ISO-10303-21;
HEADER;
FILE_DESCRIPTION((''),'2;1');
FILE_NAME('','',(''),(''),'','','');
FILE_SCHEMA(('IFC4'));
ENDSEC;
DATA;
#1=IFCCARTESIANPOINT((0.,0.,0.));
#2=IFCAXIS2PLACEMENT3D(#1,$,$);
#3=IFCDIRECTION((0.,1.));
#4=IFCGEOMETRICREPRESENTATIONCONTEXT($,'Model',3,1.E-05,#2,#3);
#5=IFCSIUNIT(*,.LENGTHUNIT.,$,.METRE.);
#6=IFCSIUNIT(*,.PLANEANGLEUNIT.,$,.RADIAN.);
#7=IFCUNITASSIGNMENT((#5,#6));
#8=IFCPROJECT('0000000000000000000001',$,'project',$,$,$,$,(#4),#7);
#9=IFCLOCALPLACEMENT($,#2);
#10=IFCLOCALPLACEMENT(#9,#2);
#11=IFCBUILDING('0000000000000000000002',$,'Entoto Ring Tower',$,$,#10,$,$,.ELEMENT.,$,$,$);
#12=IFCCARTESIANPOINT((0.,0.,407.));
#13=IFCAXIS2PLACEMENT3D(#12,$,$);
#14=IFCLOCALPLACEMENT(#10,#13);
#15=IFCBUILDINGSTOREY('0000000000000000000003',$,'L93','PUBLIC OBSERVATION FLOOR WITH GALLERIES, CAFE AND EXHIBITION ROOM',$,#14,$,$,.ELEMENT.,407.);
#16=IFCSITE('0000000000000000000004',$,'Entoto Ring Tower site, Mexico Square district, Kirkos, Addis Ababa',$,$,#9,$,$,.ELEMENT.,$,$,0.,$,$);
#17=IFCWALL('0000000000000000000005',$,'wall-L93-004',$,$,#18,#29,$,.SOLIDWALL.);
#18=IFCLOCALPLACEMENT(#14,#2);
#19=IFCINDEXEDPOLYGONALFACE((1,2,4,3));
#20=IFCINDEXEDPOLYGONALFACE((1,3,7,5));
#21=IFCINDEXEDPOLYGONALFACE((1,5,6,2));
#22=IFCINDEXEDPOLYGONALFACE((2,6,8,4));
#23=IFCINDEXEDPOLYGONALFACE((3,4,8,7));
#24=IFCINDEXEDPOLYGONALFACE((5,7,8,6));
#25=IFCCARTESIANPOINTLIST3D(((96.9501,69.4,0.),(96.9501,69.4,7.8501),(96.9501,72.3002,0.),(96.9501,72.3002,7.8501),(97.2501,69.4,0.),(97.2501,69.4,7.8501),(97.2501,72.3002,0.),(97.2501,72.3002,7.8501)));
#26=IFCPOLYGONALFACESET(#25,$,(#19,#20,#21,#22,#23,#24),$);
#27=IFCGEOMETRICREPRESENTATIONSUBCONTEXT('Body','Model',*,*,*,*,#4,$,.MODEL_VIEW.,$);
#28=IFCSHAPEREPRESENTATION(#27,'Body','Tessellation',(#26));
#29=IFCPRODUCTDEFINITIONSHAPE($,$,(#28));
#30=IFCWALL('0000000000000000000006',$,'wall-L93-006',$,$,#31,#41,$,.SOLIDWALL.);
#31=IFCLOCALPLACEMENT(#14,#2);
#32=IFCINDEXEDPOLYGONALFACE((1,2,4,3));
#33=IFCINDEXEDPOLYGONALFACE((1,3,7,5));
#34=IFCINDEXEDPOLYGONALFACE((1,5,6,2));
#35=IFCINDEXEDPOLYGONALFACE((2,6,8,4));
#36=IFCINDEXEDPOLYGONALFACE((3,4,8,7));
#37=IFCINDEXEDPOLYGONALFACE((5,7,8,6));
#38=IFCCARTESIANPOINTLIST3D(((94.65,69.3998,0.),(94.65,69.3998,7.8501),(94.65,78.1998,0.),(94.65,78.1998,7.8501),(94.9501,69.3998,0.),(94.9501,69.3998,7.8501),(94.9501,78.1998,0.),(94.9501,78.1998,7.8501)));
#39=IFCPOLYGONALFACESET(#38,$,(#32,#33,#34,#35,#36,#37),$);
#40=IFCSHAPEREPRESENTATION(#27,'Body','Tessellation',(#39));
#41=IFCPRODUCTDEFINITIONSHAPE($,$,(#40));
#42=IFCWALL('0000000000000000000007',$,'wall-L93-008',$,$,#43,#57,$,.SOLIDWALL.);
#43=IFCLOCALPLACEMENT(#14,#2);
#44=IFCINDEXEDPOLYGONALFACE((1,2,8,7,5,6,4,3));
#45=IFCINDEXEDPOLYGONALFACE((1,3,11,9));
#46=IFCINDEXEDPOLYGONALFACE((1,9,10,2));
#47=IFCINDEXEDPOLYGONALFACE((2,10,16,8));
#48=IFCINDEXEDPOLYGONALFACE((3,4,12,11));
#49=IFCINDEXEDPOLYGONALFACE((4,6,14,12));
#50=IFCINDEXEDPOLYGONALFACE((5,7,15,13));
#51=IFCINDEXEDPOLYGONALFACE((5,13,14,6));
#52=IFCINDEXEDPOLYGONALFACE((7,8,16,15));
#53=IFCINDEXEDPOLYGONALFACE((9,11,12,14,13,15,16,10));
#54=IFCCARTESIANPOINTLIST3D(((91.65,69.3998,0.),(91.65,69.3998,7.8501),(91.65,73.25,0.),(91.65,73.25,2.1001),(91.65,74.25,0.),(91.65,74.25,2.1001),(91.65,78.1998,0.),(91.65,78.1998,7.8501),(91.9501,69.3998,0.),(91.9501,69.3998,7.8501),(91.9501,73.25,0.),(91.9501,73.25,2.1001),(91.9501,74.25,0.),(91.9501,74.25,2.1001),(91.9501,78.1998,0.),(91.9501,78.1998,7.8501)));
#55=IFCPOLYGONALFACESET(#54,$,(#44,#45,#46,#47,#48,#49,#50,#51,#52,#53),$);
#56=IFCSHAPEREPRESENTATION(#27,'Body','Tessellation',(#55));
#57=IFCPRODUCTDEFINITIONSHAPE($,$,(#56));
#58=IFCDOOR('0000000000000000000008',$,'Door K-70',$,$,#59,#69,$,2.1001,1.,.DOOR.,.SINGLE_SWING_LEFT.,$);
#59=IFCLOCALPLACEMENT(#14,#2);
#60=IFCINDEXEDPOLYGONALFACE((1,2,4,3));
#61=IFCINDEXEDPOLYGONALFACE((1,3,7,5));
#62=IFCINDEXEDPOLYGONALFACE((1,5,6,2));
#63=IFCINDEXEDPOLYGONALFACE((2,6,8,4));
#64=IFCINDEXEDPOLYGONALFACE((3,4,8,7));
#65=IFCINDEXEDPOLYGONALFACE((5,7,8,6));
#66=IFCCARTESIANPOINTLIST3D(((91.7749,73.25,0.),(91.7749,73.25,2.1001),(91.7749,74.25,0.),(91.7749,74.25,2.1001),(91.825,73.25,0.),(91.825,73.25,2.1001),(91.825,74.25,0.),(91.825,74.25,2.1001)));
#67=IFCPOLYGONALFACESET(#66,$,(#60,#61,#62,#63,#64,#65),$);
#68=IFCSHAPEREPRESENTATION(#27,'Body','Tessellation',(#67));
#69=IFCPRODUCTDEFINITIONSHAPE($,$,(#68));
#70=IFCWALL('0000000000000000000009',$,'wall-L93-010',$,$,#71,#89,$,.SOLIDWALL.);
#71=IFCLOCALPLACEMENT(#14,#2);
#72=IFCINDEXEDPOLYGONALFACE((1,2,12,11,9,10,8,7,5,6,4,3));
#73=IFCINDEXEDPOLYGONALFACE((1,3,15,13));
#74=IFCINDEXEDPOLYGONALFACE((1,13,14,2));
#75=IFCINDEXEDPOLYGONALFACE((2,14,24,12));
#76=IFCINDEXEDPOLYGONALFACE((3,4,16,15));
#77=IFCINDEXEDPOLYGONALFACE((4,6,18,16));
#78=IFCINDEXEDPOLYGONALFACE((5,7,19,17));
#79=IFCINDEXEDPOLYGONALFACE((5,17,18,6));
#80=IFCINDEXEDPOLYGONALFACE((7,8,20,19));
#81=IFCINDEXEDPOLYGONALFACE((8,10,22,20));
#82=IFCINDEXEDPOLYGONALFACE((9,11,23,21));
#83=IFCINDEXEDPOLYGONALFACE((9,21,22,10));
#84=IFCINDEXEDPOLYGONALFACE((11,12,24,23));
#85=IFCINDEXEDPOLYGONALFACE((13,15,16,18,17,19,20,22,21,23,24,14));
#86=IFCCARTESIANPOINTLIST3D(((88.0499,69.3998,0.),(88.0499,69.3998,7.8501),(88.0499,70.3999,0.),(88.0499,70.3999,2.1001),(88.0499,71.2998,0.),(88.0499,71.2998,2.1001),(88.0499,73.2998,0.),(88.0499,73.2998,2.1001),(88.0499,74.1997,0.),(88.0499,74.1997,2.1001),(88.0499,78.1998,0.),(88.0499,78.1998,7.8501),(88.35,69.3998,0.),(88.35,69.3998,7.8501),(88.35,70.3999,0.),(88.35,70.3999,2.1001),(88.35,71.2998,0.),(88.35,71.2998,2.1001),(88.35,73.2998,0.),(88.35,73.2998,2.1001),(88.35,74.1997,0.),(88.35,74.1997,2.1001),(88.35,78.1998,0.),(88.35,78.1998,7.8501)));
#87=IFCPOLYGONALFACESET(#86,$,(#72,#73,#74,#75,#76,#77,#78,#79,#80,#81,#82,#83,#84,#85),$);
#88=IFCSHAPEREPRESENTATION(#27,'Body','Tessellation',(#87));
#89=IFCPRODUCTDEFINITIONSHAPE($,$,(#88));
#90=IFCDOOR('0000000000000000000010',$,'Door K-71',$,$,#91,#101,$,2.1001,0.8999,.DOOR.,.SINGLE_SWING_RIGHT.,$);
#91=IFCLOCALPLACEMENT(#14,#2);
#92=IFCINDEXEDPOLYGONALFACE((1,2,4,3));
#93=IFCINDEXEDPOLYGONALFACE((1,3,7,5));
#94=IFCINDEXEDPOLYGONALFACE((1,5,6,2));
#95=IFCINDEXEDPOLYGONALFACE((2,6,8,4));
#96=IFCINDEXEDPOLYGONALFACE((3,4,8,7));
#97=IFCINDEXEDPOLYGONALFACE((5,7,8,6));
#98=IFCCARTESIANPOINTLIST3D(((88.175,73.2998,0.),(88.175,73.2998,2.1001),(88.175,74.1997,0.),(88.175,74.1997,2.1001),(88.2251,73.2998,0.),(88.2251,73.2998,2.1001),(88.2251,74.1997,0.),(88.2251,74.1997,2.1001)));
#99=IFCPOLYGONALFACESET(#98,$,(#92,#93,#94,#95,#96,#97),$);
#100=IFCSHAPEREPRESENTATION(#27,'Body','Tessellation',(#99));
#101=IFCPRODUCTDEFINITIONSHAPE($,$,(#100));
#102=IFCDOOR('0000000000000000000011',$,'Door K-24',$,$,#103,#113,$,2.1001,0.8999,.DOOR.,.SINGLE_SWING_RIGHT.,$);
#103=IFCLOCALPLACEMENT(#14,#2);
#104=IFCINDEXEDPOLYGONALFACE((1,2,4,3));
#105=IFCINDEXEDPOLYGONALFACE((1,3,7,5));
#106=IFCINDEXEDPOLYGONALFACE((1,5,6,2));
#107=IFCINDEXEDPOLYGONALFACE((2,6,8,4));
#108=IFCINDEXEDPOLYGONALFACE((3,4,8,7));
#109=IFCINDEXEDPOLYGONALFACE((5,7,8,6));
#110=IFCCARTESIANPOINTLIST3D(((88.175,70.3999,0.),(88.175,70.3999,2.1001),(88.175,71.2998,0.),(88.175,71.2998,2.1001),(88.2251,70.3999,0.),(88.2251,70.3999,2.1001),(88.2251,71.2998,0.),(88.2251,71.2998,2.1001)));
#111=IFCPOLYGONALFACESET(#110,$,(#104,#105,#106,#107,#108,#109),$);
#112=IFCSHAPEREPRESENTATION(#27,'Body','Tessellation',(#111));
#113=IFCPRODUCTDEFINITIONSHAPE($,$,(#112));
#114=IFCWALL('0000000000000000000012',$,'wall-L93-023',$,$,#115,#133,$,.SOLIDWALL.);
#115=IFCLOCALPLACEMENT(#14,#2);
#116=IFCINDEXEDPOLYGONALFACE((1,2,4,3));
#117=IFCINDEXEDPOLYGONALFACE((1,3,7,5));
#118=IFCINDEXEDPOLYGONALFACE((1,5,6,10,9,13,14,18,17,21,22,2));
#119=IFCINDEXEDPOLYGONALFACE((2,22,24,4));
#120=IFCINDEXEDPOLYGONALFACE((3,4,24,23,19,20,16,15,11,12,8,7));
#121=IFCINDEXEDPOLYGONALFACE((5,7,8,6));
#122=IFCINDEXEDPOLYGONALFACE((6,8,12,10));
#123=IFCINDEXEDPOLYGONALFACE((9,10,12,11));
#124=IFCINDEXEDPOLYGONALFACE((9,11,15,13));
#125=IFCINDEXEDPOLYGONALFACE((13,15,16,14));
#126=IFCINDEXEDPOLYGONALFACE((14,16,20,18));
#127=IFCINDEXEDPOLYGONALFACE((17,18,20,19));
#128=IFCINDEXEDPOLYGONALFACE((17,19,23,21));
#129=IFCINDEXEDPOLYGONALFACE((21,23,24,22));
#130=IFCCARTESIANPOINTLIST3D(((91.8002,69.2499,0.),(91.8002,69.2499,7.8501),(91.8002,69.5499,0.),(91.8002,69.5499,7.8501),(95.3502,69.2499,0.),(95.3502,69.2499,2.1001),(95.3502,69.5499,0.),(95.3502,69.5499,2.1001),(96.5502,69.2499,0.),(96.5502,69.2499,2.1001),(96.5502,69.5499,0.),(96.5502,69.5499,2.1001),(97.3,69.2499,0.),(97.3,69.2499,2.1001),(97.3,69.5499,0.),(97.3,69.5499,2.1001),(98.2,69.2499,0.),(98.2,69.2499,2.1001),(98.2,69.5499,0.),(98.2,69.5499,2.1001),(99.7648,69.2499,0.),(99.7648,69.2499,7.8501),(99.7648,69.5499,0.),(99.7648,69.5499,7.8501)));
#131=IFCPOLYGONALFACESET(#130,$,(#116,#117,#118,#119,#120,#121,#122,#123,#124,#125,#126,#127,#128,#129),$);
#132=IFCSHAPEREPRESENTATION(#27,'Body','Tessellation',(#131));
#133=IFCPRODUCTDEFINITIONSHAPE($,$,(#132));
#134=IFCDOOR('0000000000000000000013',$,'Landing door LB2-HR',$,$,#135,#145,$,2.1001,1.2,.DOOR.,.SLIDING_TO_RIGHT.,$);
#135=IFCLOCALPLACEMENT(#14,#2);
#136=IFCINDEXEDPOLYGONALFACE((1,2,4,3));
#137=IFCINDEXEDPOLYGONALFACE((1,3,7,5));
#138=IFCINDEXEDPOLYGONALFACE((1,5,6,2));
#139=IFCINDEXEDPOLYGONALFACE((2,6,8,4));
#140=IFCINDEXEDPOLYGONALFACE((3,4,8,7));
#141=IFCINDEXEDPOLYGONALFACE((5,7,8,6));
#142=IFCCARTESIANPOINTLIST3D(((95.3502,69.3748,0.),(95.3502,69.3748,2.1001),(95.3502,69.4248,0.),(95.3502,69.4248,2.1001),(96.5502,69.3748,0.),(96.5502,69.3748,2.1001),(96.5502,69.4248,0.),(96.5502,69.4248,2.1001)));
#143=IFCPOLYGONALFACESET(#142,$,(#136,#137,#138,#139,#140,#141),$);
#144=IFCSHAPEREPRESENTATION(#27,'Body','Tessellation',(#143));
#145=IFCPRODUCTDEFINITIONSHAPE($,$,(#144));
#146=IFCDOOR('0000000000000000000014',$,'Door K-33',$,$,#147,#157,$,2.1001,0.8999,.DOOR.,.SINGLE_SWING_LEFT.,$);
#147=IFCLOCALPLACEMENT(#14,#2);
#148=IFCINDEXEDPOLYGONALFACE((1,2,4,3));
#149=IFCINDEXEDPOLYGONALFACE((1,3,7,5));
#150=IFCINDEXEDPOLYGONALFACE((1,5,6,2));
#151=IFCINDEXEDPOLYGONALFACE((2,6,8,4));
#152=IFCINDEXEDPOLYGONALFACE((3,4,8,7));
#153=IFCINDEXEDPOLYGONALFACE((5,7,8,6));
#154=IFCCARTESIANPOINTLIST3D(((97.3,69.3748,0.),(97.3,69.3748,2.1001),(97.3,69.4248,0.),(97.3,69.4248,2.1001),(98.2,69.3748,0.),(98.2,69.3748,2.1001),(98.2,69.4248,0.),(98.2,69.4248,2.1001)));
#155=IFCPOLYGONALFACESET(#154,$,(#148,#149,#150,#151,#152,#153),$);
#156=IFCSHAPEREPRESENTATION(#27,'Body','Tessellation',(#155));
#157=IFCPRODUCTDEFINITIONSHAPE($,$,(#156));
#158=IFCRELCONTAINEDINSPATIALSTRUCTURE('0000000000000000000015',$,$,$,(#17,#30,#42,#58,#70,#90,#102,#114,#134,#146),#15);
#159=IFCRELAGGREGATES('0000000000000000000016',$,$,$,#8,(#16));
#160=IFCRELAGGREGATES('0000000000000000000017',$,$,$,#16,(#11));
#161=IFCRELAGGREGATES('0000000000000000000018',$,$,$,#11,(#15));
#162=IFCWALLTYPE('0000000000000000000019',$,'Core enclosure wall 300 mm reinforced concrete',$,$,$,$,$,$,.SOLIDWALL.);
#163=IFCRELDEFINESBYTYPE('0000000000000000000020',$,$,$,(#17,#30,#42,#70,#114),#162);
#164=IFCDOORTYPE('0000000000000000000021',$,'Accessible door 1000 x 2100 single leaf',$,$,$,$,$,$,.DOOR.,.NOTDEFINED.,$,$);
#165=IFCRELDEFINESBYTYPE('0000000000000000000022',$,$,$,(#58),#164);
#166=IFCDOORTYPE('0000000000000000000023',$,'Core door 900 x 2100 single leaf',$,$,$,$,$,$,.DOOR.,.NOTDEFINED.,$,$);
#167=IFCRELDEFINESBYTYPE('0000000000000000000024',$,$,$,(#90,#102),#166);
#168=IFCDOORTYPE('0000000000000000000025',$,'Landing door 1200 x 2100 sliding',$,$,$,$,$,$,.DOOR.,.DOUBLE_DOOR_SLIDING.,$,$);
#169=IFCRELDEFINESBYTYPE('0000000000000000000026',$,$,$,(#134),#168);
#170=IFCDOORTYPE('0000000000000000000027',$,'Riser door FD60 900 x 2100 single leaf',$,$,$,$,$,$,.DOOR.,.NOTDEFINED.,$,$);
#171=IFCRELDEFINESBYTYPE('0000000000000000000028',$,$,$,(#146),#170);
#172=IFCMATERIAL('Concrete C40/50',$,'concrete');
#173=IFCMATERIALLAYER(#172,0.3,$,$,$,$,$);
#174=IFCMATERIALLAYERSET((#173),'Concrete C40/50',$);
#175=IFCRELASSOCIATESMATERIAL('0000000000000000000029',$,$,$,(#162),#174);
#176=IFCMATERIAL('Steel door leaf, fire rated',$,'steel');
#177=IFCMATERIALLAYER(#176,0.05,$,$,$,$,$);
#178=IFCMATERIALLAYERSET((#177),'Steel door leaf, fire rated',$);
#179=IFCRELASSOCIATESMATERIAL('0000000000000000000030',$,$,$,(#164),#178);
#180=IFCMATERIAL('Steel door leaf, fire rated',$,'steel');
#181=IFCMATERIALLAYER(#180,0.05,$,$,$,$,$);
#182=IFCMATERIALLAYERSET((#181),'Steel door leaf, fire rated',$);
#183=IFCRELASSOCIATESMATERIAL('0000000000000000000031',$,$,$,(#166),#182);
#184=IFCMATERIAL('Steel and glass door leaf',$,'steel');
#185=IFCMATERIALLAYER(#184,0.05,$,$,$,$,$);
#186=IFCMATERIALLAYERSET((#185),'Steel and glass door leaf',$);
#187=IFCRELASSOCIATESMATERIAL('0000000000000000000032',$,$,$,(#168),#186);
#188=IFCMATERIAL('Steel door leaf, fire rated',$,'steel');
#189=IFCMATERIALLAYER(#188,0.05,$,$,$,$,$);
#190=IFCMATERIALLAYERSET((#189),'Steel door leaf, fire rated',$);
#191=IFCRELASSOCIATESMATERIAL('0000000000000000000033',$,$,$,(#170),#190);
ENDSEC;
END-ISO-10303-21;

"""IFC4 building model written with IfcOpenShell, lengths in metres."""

from ifc_helpers import new_model, si_unit, direction, frame, frame_2d, origin, place, context, subcontext, project, spatial, rectangle, extrude, material, layer, layer_set, type_object, element, fill, save


model = new_model("IFC4")

# Units and contexts
model_context = context("Model", 3, precision=1e-05, world=origin(), true_north=direction((0.0, 1.0)))
body_context = subcontext(model_context, "Body", "Model", "MODEL_VIEW")
ifc_project = project(units=[si_unit("LENGTHUNIT", "METRE"), si_unit("PLANEANGLEUNIT", "RADIAN")], contexts=[model_context])

# Site, building, storey
site_placement = place(None, origin())
site = spatial("IfcSite", under=ifc_project, at=site_placement, Name="Entoto Ring Tower site, Mexico Square district, Kirkos, Addis Ababa", CompositionType="ELEMENT", RefElevation=0.0)
building_placement = place(site_placement, origin())
building = spatial("IfcBuilding", under=site, at=building_placement, Name="Entoto Ring Tower", CompositionType="ELEMENT")
storey_placement = place(building_placement, frame((0.0, 0.0, 407.0)))
storey = spatial("IfcBuildingStorey", under=building, at=storey_placement, Name="L93", Description="PUBLIC OBSERVATION FLOOR WITH GALLERIES, CAFE AND EXHIBITION ROOM", CompositionType="ELEMENT", Elevation=407.0)

# Shared definitions
ifc_material_1 = material(Name="Concrete C40/50", Category="concrete")
ifc_layer_1 = layer(ifc_material_1, 0.3)
ifc_layer_set_1 = layer_set([ifc_layer_1], Name="Concrete C40/50")
wall_type = type_object("IfcWallType", Name="Core enclosure wall 300 mm reinforced concrete", PredefinedType="SOLIDWALL", material=ifc_layer_set_1)

# Walls
wall_1_placement = place(storey_placement, frame((97.1001, 69.3999, 0.0), z_axis=(0.0, 0.0, 1.0), x_axis=(0.0, 1.0, 0.0)))
element("IfcWall", 1, at=wall_1_placement, inside=storey, type_object=wall_type, Name="wall-L93-004", PredefinedType="SOLIDWALL", context=body_context, shape_type="SweptSolid", body=[
    extrude(rectangle(XDim=2.9001, YDim=0.3, at=frame_2d((1.4502, 0.0))), origin(), (0.0, 0.0, 1.0), 7.8501),
])
wall_2_placement = place(storey_placement, frame((94.8, 69.3999, 0.0), z_axis=(0.0, 0.0, 1.0), x_axis=(0.0, 1.0, 0.0)))
element("IfcWall", 2, at=wall_2_placement, inside=storey, type_object=wall_type, Name="wall-L93-006", PredefinedType="SOLIDWALL", context=body_context, shape_type="SweptSolid", body=[
    extrude(rectangle(XDim=8.8, YDim=0.3, at=frame_2d((4.3999, 0.0))), origin(), (0.0, 0.0, 1.0), 7.8501),
])

# Wall, opening, door
wall_3_placement = place(storey_placement, frame((91.8, 69.3999, 0.0), z_axis=(0.0, 0.0, 1.0), x_axis=(0.0, 1.0, 0.0)))
wall_3 = element("IfcWall", 3, at=wall_3_placement, inside=storey, type_object=wall_type, Name="wall-L93-008", PredefinedType="SOLIDWALL", context=body_context, shape_type="SweptSolid", body=[
    extrude(rectangle(XDim=8.8, YDim=0.3, at=frame_2d((4.3999, 0.0))), origin(), (0.0, 0.0, 1.0), 7.8501),
])
opening_1_placement = place(wall_3_placement, frame((3.8501, 0.0, 0.0)))
opening_1 = element("IfcOpeningElement", 4, at=opening_1_placement, cuts=wall_3, PredefinedType="OPENING", context=body_context, shape_type="SweptSolid", body=[
    extrude(rectangle(XDim=1.0, YDim=2.1001, at=frame_2d((0.5, 1.05))), frame((0.0, 0.1602, 0.0), z_axis=(0.0, -1.0, 0.0), x_axis=(1.0, 0.0, 0.0)), (0.0, 0.0, 1.0), 0.3201),
])
ifc_material_2 = material(Name="Steel door leaf, fire rated", Category="steel")
ifc_layer_2 = layer(ifc_material_2, 0.05)
ifc_layer_set_2 = layer_set([ifc_layer_2], Name="Steel door leaf, fire rated")
door_type_1 = type_object("IfcDoorType", Name="Accessible door 1000 x 2100 single leaf", OperationType="NOTDEFINED", PredefinedType="DOOR", material=ifc_layer_set_2)
door_1_placement = place(opening_1_placement, frame((1.0, 0.0, 0.0), z_axis=(0.0, 0.0, 1.0), x_axis=(-1.0, 0.0, 0.0)))
door_1 = element("IfcDoor", 5, at=door_1_placement, inside=storey, type_object=door_type_1, Name="Door K-70", OperationType="SINGLE_SWING_LEFT", OverallHeight=2.1001, OverallWidth=1.0, PredefinedType="DOOR", context=body_context, shape_type="SweptSolid", body=[
    extrude(rectangle(XDim=1.0, YDim=2.1001, at=frame_2d((0.5, 1.05))), frame((0.0, 0.0249, 0.0), z_axis=(0.0, -1.0, 0.0), x_axis=(1.0, 0.0, 0.0)), (0.0, 0.0, 1.0), 0.05),
])
fill(opening_1, door_1)

# Walls, openings, doors
wall_4_placement = place(storey_placement, frame((88.2, 69.3999, 0.0), z_axis=(0.0, 0.0, 1.0), x_axis=(0.0, 1.0, 0.0)))
wall_4 = element("IfcWall", 6, at=wall_4_placement, inside=storey, type_object=wall_type, Name="wall-L93-010", PredefinedType="SOLIDWALL", context=body_context, shape_type="SweptSolid", body=[
    extrude(rectangle(XDim=8.8, YDim=0.3, at=frame_2d((4.3999, 0.0))), origin(), (0.0, 0.0, 1.0), 7.8501),
])
opening_2_placement = place(wall_4_placement, frame((3.8999, 0.0, 0.0)))
opening_2 = element("IfcOpeningElement", 7, at=opening_2_placement, cuts=wall_4, PredefinedType="OPENING", context=body_context, shape_type="SweptSolid", body=[
    extrude(rectangle(XDim=0.8999, YDim=2.1001, at=frame_2d((0.45, 1.05))), frame((0.0, 0.1602, 0.0), z_axis=(0.0, -1.0, 0.0), x_axis=(1.0, 0.0, 0.0)), (0.0, 0.0, 1.0), 0.3201),
])
opening_3_placement = place(wall_4_placement, frame((1.0, 0.0, 0.0)))
opening_3 = element("IfcOpeningElement", 8, at=opening_3_placement, cuts=wall_4, PredefinedType="OPENING", context=body_context, shape_type="SweptSolid", body=[
    extrude(rectangle(XDim=0.8999, YDim=2.1001, at=frame_2d((0.45, 1.05))), frame((0.0, 0.1602, 0.0), z_axis=(0.0, -1.0, 0.0), x_axis=(1.0, 0.0, 0.0)), (0.0, 0.0, 1.0), 0.3201),
])
ifc_material_3 = material(Name="Steel door leaf, fire rated", Category="steel")
ifc_layer_3 = layer(ifc_material_3, 0.05)
ifc_layer_set_3 = layer_set([ifc_layer_3], Name="Steel door leaf, fire rated")
door_type_2 = type_object("IfcDoorType", Name="Core door 900 x 2100 single leaf", OperationType="NOTDEFINED", PredefinedType="DOOR", material=ifc_layer_set_3)
door_2_placement = place(opening_2_placement, origin())
door_2 = element("IfcDoor", 9, at=door_2_placement, inside=storey, type_object=door_type_2, Name="Door K-71", OperationType="SINGLE_SWING_RIGHT", OverallHeight=2.1001, OverallWidth=0.8999, PredefinedType="DOOR", context=body_context, shape_type="SweptSolid", body=[
    extrude(rectangle(XDim=0.8999, YDim=2.1001, at=frame_2d((0.45, 1.05))), frame((0.0, 0.0249, 0.0), z_axis=(0.0, -1.0, 0.0), x_axis=(1.0, 0.0, 0.0)), (0.0, 0.0, 1.0), 0.05),
])
fill(opening_2, door_2)
door_3_placement = place(opening_3_placement, origin())
door_3 = element("IfcDoor", 10, at=door_3_placement, inside=storey, type_object=door_type_2, Name="Door K-24", OperationType="SINGLE_SWING_RIGHT", OverallHeight=2.1001, OverallWidth=0.8999, PredefinedType="DOOR", context=body_context, shape_type="SweptSolid", body=[
    extrude(rectangle(XDim=0.8999, YDim=2.1001, at=frame_2d((0.45, 1.05))), frame((0.0, 0.0249, 0.0), z_axis=(0.0, -1.0, 0.0), x_axis=(1.0, 0.0, 0.0)), (0.0, 0.0, 1.0), 0.05),
])
fill(opening_3, door_3)
wall_5_placement = place(storey_placement, frame((91.8, 69.3999, 0.0), z_axis=(0.0, 0.0, 1.0), x_axis=(1.0, 0.0, 0.0)))
wall_5 = element("IfcWall", 11, at=wall_5_placement, inside=storey, type_object=wall_type, Name="wall-L93-023", PredefinedType="SOLIDWALL", context=body_context, shape_type="SweptSolid", body=[
    extrude(rectangle(XDim=7.9646, YDim=0.3, at=frame_2d((3.9824, 0.0))), origin(), (0.0, 0.0, 1.0), 7.8501),
])
opening_4_placement = place(wall_5_placement, frame((3.55, 0.0, 0.0)))
opening_4 = element("IfcOpeningElement", 12, at=opening_4_placement, cuts=wall_5, PredefinedType="OPENING", context=body_context, shape_type="SweptSolid", body=[
    extrude(rectangle(XDim=1.2, YDim=2.1001, at=frame_2d((0.6001, 1.05))), frame((0.0, 0.1602, 0.0), z_axis=(0.0, -1.0, 0.0), x_axis=(1.0, 0.0, 0.0)), (0.0, 0.0, 1.0), 0.3201),
])
opening_5_placement = place(wall_5_placement, frame((5.5, 0.0, 0.0)))
opening_5 = element("IfcOpeningElement", 13, at=opening_5_placement, cuts=wall_5, PredefinedType="OPENING", context=body_context, shape_type="SweptSolid", body=[
    extrude(rectangle(XDim=0.8999, YDim=2.1001, at=frame_2d((0.45, 1.05))), frame((0.0, 0.1602, 0.0), z_axis=(0.0, -1.0, 0.0), x_axis=(1.0, 0.0, 0.0)), (0.0, 0.0, 1.0), 0.3201),
])
ifc_material_4 = material(Name="Steel and glass door leaf", Category="steel")
ifc_layer_4 = layer(ifc_material_4, 0.05)
ifc_layer_set_4 = layer_set([ifc_layer_4], Name="Steel and glass door leaf")
door_type_3 = type_object("IfcDoorType", Name="Landing door 1200 x 2100 sliding", OperationType="DOUBLE_DOOR_SLIDING", PredefinedType="DOOR", material=ifc_layer_set_4)
door_4_placement = place(opening_4_placement, origin())
door_4 = element("IfcDoor", 14, at=door_4_placement, inside=storey, type_object=door_type_3, Name="Landing door LB2-HR", OperationType="SLIDING_TO_RIGHT", OverallHeight=2.1001, OverallWidth=1.2, PredefinedType="DOOR", context=body_context, shape_type="SweptSolid", body=[
    extrude(rectangle(XDim=1.2, YDim=2.1001, at=frame_2d((0.6001, 1.05))), frame((0.0, 0.0249, 0.0), z_axis=(0.0, -1.0, 0.0), x_axis=(1.0, 0.0, 0.0)), (0.0, 0.0, 1.0), 0.05),
])
fill(opening_4, door_4)
ifc_material_5 = material(Name="Steel door leaf, fire rated", Category="steel")
ifc_layer_5 = layer(ifc_material_5, 0.05)
ifc_layer_set_5 = layer_set([ifc_layer_5], Name="Steel door leaf, fire rated")
door_type_4 = type_object("IfcDoorType", Name="Riser door FD60 900 x 2100 single leaf", OperationType="NOTDEFINED", PredefinedType="DOOR", material=ifc_layer_set_5)
door_5_placement = place(opening_5_placement, origin())
door_5 = element("IfcDoor", 15, at=door_5_placement, inside=storey, type_object=door_type_4, Name="Door K-33", OperationType="SINGLE_SWING_LEFT", OverallHeight=2.1001, OverallWidth=0.8999, PredefinedType="DOOR", context=body_context, shape_type="SweptSolid", body=[
    extrude(rectangle(XDim=0.8999, YDim=2.1001, at=frame_2d((0.45, 1.05))), frame((0.0, 0.0249, 0.0), z_axis=(0.0, -1.0, 0.0), x_axis=(1.0, 0.0, 0.0)), (0.0, 0.0, 1.0), 0.05),
])
fill(opening_5, door_5)

save(model, "model.ifc")
